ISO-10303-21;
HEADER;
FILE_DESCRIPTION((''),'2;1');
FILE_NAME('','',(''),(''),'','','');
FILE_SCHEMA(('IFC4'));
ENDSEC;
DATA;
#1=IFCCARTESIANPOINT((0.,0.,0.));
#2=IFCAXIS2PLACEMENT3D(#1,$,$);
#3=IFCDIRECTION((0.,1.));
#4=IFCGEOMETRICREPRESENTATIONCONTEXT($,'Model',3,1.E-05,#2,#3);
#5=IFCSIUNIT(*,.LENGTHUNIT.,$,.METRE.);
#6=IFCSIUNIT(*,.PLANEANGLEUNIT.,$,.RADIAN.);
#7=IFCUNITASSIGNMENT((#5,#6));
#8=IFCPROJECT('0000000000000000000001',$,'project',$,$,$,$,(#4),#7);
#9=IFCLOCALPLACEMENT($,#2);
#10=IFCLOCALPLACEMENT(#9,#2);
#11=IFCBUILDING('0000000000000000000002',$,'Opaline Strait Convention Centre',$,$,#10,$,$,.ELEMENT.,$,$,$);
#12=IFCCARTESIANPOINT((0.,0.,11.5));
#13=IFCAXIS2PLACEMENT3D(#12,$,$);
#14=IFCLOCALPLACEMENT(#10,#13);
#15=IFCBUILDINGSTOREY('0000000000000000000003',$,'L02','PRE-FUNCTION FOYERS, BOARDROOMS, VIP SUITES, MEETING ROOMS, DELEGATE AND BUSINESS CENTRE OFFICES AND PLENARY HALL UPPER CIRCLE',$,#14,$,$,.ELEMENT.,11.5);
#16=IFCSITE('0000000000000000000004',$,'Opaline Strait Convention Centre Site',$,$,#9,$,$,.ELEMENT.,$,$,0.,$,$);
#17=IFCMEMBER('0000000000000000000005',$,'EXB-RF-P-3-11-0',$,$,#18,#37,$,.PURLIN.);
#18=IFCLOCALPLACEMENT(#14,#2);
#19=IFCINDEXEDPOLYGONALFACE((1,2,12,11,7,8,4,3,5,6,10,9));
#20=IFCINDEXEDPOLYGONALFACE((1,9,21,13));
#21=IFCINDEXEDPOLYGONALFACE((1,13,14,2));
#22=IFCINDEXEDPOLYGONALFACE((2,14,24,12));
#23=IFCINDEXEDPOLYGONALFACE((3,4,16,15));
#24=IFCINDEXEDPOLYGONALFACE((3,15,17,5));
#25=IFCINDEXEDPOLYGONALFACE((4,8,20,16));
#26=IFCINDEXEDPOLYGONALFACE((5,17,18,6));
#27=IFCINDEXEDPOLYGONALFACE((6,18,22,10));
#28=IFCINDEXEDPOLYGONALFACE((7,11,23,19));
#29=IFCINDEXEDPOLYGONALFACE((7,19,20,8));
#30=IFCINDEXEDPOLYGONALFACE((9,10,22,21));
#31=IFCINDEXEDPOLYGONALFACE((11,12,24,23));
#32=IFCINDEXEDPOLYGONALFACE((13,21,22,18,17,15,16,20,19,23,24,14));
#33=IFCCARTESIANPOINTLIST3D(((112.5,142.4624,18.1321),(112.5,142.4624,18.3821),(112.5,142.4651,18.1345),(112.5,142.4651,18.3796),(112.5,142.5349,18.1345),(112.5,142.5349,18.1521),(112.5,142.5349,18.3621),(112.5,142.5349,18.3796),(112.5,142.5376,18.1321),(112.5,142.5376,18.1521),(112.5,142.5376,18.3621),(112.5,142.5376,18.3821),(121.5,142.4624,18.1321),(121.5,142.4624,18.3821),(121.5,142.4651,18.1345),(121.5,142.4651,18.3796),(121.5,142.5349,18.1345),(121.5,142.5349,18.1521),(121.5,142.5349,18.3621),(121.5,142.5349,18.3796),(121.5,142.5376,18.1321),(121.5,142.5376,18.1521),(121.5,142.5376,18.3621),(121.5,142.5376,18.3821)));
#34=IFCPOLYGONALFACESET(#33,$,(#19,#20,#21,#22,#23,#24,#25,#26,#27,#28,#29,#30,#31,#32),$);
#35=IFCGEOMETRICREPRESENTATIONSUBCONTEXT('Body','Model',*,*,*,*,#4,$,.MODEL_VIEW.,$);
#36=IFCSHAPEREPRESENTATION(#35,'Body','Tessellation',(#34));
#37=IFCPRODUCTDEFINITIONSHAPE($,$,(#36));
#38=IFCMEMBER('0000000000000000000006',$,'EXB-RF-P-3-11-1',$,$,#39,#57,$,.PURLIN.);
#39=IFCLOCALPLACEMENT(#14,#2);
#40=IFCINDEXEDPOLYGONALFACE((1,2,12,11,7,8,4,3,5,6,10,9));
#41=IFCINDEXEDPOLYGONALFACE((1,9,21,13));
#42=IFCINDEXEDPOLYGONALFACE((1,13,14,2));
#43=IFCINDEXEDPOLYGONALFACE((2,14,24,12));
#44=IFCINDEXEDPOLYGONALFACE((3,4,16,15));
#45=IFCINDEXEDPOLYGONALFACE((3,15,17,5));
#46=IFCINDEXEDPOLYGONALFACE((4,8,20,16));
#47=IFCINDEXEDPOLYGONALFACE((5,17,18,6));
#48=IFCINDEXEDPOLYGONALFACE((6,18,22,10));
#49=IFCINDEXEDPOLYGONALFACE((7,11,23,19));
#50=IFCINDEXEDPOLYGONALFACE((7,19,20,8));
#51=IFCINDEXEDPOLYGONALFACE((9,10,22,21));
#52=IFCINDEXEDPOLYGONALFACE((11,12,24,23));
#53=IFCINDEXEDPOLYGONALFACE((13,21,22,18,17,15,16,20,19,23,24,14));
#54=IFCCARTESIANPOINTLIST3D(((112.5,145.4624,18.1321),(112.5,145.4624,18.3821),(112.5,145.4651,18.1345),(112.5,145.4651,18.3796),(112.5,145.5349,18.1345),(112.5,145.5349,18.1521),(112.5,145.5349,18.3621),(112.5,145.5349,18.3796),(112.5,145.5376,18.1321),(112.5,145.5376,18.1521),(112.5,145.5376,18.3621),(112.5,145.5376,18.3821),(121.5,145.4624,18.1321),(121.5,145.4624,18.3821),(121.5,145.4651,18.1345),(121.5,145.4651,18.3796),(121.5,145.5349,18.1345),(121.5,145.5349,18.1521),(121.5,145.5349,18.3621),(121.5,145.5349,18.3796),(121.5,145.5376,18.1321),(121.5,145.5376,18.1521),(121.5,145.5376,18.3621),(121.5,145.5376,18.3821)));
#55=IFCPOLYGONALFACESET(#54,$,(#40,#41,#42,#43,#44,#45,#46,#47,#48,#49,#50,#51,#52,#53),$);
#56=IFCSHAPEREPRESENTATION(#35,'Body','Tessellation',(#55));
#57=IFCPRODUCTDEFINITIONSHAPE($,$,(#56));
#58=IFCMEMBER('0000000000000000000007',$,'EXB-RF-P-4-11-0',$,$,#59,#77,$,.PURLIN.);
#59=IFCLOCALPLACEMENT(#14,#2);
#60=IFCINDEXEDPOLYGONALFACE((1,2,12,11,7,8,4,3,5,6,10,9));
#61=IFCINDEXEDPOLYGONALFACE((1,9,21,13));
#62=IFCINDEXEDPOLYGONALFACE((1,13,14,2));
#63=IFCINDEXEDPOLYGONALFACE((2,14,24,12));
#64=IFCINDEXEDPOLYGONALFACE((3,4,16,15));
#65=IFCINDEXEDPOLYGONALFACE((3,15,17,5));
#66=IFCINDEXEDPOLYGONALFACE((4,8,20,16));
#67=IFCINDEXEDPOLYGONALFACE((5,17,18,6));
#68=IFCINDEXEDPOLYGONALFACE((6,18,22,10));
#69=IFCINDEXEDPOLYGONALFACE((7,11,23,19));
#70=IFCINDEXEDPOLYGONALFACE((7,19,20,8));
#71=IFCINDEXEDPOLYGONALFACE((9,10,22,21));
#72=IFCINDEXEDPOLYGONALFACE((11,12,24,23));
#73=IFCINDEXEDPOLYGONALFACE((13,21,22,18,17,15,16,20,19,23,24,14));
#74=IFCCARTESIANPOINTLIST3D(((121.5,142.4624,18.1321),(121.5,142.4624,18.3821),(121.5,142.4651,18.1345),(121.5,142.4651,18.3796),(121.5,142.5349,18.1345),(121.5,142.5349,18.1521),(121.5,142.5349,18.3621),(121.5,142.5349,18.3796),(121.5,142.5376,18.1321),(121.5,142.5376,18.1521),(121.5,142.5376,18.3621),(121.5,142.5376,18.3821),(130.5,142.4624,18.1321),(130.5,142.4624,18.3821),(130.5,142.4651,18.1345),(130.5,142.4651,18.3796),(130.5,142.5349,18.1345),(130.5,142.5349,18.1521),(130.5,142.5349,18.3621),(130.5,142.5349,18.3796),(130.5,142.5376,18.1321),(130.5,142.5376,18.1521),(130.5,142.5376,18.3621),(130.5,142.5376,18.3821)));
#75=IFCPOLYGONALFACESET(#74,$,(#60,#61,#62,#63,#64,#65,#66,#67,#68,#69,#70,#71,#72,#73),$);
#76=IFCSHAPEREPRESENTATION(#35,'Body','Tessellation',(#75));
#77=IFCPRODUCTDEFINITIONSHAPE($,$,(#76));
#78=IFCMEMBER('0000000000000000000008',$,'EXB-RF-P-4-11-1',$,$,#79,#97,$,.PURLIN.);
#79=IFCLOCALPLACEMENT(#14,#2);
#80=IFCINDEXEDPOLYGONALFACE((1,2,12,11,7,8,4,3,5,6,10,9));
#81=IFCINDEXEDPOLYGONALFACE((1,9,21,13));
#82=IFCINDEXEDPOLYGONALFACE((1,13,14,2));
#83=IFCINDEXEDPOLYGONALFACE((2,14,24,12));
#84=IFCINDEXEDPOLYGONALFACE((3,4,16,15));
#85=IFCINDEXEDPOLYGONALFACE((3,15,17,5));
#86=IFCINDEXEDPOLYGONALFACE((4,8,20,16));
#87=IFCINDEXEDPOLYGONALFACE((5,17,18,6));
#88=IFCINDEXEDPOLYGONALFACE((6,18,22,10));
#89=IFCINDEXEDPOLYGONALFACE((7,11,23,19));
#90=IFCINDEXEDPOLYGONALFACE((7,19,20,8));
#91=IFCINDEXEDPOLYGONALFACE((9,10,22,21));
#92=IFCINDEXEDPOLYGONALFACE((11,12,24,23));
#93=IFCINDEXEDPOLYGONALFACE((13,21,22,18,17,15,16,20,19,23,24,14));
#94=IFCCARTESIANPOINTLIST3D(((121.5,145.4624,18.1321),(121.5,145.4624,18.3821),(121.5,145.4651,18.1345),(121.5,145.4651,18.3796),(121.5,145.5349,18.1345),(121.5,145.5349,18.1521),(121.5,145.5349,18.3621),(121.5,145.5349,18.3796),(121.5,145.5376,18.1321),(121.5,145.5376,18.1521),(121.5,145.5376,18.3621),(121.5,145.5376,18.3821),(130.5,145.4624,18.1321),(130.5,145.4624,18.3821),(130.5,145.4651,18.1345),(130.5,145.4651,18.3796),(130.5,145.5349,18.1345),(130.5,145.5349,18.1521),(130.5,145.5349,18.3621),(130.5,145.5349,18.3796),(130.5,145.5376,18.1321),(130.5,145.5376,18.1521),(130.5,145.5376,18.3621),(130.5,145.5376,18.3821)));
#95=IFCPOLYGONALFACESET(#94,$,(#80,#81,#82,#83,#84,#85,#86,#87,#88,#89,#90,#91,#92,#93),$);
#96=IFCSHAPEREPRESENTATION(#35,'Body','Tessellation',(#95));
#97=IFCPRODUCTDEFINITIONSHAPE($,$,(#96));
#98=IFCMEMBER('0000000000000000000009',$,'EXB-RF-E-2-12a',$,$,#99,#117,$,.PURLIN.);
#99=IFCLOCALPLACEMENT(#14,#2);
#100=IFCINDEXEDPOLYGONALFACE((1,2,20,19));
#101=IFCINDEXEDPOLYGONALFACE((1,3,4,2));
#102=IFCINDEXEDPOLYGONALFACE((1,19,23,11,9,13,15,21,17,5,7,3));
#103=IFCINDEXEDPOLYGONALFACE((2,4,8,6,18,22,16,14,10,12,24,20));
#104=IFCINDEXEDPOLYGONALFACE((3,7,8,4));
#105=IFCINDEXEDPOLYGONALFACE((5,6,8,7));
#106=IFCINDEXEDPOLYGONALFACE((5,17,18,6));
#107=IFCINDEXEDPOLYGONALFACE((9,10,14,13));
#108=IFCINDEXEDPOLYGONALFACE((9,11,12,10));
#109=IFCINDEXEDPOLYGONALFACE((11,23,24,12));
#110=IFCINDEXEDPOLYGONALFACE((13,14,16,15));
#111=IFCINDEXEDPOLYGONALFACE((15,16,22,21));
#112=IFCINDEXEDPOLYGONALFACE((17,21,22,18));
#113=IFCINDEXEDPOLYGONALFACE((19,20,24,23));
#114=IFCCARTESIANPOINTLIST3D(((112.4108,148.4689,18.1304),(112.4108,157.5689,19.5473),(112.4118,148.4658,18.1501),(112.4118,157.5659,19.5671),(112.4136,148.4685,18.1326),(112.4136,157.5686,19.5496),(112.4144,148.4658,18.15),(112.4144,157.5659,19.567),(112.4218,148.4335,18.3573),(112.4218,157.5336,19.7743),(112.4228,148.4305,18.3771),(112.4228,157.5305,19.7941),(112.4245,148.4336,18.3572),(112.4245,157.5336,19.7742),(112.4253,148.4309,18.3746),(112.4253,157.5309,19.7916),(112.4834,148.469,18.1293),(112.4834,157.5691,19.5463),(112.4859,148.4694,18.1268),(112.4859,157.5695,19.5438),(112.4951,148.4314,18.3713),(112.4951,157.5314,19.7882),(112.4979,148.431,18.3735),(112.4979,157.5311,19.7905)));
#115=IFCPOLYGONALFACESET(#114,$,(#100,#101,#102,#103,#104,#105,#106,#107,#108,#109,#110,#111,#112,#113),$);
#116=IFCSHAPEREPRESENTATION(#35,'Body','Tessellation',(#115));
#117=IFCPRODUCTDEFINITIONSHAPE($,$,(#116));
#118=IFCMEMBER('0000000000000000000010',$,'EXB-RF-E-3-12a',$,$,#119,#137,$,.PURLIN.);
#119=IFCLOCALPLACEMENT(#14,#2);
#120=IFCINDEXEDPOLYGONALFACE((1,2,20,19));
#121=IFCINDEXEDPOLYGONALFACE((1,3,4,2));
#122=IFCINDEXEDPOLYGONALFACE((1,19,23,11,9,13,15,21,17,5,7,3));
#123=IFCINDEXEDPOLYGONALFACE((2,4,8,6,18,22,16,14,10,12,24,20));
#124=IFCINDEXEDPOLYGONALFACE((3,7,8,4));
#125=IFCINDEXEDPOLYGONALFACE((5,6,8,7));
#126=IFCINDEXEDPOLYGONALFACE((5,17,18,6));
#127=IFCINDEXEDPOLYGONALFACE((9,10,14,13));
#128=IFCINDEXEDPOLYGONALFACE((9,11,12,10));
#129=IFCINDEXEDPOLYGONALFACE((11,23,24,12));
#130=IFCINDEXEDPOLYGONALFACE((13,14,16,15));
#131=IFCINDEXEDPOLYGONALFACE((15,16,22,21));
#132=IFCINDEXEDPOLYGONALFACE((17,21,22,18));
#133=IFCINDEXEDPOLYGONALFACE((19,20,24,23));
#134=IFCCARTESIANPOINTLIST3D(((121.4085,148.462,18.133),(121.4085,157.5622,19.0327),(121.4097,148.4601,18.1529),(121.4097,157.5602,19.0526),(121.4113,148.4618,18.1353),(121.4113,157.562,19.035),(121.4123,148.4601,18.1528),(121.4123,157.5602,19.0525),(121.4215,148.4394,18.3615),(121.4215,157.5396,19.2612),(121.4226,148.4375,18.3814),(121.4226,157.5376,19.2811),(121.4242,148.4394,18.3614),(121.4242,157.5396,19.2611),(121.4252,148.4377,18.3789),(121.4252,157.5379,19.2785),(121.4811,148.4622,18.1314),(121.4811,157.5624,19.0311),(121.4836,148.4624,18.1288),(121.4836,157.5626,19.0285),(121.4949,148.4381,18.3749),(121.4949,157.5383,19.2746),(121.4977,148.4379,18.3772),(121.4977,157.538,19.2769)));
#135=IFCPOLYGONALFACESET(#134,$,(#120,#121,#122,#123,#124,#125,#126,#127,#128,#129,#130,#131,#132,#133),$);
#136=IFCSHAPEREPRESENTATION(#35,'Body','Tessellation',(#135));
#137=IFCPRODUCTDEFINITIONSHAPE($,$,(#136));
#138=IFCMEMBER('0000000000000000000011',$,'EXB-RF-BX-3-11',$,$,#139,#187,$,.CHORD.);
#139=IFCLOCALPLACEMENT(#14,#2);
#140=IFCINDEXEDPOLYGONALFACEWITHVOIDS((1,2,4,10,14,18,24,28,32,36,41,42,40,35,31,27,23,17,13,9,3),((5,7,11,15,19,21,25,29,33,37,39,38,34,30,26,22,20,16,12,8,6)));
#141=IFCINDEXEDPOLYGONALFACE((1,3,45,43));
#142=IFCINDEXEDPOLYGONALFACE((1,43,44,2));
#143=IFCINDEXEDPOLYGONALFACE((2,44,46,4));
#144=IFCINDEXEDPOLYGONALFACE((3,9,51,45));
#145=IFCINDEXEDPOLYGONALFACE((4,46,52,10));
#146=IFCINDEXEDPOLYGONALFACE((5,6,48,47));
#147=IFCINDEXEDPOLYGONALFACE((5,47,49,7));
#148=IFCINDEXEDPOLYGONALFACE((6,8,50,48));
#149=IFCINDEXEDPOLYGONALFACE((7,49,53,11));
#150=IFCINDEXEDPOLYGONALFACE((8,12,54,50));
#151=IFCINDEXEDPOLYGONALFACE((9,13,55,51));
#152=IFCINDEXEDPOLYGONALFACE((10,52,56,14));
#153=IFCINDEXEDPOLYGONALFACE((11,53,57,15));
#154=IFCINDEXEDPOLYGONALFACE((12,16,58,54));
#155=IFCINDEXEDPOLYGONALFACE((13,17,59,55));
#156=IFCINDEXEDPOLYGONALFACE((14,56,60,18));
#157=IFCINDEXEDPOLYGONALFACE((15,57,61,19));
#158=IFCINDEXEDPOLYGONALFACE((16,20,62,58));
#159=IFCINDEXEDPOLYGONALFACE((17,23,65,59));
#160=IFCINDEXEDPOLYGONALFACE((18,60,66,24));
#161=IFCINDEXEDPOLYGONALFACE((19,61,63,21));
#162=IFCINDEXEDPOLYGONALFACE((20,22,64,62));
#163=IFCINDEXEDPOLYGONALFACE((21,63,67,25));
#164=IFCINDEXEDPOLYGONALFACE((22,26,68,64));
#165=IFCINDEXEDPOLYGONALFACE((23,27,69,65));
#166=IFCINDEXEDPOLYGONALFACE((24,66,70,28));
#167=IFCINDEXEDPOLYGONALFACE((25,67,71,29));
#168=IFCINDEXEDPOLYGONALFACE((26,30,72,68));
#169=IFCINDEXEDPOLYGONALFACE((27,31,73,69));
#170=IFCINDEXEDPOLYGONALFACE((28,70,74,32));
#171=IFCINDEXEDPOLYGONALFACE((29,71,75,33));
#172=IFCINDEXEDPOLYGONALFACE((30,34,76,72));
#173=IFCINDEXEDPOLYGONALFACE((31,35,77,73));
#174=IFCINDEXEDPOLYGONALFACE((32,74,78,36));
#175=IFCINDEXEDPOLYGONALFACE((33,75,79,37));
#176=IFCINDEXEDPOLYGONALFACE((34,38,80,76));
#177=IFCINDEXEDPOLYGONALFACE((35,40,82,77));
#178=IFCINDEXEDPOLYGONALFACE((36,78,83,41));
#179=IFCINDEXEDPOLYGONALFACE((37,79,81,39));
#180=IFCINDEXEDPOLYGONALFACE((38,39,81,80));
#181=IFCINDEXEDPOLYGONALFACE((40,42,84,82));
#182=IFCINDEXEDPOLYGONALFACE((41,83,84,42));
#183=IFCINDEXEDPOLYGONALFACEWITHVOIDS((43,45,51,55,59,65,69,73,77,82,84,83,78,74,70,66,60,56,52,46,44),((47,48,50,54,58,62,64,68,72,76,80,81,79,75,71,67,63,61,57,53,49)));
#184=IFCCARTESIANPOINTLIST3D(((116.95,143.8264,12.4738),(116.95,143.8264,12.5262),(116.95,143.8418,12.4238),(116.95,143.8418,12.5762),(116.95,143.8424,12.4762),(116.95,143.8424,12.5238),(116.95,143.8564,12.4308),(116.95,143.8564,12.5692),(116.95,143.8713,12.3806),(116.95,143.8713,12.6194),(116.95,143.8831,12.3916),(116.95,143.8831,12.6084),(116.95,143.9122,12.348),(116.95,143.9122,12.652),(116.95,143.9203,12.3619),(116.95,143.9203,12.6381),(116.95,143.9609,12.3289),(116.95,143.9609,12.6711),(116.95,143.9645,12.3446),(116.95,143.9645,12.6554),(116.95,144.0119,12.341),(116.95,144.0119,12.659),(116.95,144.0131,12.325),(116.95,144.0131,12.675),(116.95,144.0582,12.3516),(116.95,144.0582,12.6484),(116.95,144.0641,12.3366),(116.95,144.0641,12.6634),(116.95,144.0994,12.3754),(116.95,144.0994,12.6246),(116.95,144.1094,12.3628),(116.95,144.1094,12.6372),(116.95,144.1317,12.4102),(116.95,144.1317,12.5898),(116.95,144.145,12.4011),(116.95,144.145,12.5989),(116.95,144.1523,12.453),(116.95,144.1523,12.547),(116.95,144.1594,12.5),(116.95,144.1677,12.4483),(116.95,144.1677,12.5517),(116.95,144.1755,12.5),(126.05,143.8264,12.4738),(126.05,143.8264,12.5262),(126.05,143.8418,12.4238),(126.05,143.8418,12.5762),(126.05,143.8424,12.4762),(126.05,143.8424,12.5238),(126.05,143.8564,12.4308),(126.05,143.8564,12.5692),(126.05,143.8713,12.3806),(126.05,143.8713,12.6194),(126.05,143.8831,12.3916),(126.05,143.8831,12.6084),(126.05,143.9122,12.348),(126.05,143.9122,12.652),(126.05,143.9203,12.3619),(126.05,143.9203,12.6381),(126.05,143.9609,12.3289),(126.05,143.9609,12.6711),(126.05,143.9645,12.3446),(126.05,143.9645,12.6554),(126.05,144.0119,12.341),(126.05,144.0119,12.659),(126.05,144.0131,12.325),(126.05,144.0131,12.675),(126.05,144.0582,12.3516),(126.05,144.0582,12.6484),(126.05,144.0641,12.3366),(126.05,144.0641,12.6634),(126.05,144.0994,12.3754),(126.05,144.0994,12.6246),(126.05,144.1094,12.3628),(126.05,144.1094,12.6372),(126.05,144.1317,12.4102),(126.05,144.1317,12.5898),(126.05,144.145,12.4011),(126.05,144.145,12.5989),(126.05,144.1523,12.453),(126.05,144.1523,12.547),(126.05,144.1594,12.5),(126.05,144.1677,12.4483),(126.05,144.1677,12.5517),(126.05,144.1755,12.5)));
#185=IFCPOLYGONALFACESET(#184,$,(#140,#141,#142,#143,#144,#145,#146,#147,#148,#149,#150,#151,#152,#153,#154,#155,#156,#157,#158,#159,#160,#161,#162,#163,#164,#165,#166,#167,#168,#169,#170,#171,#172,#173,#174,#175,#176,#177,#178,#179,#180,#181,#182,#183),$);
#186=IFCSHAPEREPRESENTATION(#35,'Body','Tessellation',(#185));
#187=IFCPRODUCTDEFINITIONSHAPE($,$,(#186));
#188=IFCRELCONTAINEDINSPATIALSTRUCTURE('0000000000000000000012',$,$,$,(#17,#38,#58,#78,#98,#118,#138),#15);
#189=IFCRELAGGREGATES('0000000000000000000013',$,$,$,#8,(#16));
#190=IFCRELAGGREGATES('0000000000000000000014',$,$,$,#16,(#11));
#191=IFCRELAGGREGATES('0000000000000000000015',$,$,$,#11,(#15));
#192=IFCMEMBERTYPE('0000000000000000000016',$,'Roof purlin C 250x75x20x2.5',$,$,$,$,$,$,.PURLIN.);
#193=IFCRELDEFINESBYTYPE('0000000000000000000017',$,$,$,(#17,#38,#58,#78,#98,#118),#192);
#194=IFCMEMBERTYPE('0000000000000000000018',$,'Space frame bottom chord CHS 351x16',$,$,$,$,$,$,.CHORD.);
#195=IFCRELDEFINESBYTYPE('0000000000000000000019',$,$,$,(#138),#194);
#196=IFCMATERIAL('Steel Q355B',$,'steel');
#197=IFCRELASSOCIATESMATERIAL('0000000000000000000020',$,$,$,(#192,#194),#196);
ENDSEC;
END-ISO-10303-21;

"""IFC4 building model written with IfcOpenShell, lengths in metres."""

from ifc_helpers import new_model, si_unit, direction, frame, origin, origin_2d, place, context, subcontext, project, spatial, polyline, hollow_circle, outline, extrude, material, material_profile, profile_set, type_object, element, save


model = new_model("IFC4")

# Units and contexts
model_context = context("Model", 3, precision=1e-05, world=origin(), true_north=direction((0.0, 1.0)))
body_context = subcontext(model_context, "Body", "Model", "MODEL_VIEW")
ifc_project = project(units=[si_unit("LENGTHUNIT", "METRE"), si_unit("PLANEANGLEUNIT", "RADIAN")], contexts=[model_context])

# Site, building, storey
site_placement = place(None, origin())
site = spatial("IfcSite", under=ifc_project, at=site_placement, Name="Opaline Strait Convention Centre Site", CompositionType="ELEMENT", RefElevation=0.0)
building_placement = place(site_placement, origin())
building = spatial("IfcBuilding", under=site, at=building_placement, Name="Opaline Strait Convention Centre", CompositionType="ELEMENT")
storey_placement = place(building_placement, frame((0.0, 0.0, 11.5)))
storey = spatial("IfcBuildingStorey", under=building, at=storey_placement, Name="L02", Description="PRE-FUNCTION FOYERS, BOARDROOMS, VIP SUITES, MEETING ROOMS, DELEGATE AND BUSINESS CENTRE OFFICES AND PLENARY HALL UPPER CIRCLE", CompositionType="ELEMENT", Elevation=11.5)

# Members
ifc_material = material(Name="Steel Q355B", Category="steel")
ifc_material_profile_1 = material_profile(ifc_material, outline(polyline([(-0.0376, -0.125), (0.0376, -0.125), (0.0376, -0.105), (0.0349, -0.105), (0.0349, -0.1226), (-0.0349, -0.1226), (-0.0349, 0.1226), (0.0349, 0.1226), (0.0349, 0.105), (0.0376, 0.105), (0.0376, 0.125), (-0.0376, 0.125), (-0.0376, -0.125)])), Name="C 250x75x20x2.5")
ifc_profile_set_1 = profile_set([ifc_material_profile_1], Name="Steel Q355B")
member_type_1 = type_object("IfcMemberType", Name="Roof purlin C 250x75x20x2.5", PredefinedType="PURLIN", material=ifc_profile_set_1)
for number, where, z_axis, x_axis, name in (
    (1, (112.5, 142.5, 18.2571), (1.0, 0.0, 0.0), (0.0, 1.0, 0.0), "EXB-RF-P-3-11-0"),
    (2, (112.5, 145.5, 18.2571), (1.0, 0.0, 0.0), (0.0, 1.0, 0.0), "EXB-RF-P-3-11-1"),
    (3, (121.5, 142.5, 18.2571), (1.0, 0.0, 0.0), (0.0, 1.0, 0.0), "EXB-RF-P-4-11-0"),
    (4, (121.5, 145.5, 18.2571), (1.0, 0.0, 0.0), (0.0, 1.0, 0.0), "EXB-RF-P-4-11-1"),
):
    element("IfcMember", number, at=place(storey_placement, frame(where, z_axis=z_axis, x_axis=x_axis)), inside=storey, type_object=member_type_1, Name=name, PredefinedType="PURLIN", context=body_context, shape_type="SweptSolid", body=[
        extrude(outline(polyline([(-0.0376, -0.125), (0.0376, -0.125), (0.0376, -0.105), (0.0349, -0.105), (0.0349, -0.1226), (-0.0349, -0.1226), (-0.0349, 0.1226), (0.0349, 0.1226), (0.0349, 0.105), (0.0376, 0.105), (0.0376, 0.125), (-0.0376, 0.125), (-0.0376, -0.125)])), origin(), (0.0, 0.0, 1.0), 9.0),
    ])
member_1_placement = place(storey_placement, frame((112.4543, 148.45, 18.252), z_axis=(0.0, 0.988093, 0.153858), x_axis=(-0.998854, -0.007363, 0.047288)))
element("IfcMember", 5, at=member_1_placement, inside=storey, type_object=member_type_1, Name="EXB-RF-E-2-12a", PredefinedType="PURLIN", context=body_context, shape_type="SweptSolid", body=[
    extrude(outline(polyline([(-0.0376, -0.125), (0.0376, -0.125), (0.0376, -0.105), (0.0349, -0.105), (0.0349, -0.1226), (-0.0349, -0.1226), (-0.0349, 0.1226), (0.0349, 0.1226), (0.0349, 0.105), (0.0376, 0.105), (0.0376, 0.125), (-0.0376, 0.125), (-0.0376, -0.125)])), origin(), (0.0, 0.0, 1.0), 9.2097),
])
member_2_placement = place(storey_placement, frame((121.4531, 148.45, 18.2551), z_axis=(0.0, 0.995149, 0.098383), x_axis=(-0.998403, -0.005558, 0.05622)))
element("IfcMember", 6, at=member_2_placement, inside=storey, type_object=member_type_1, Name="EXB-RF-E-3-12a", PredefinedType="PURLIN", context=body_context, shape_type="SweptSolid", body=[
    extrude(outline(polyline([(-0.0376, -0.125), (0.0376, -0.125), (0.0376, -0.105), (0.0349, -0.105), (0.0349, -0.1226), (-0.0349, -0.1226), (-0.0349, 0.1226), (0.0349, 0.1226), (0.0349, 0.105), (0.0376, 0.105), (0.0376, 0.125), (-0.0376, 0.125), (-0.0376, -0.125)])), origin(), (0.0, 0.0, 1.0), 9.1445),
])
ifc_material_profile_2 = material_profile(ifc_material, hollow_circle(Radius=0.1755, WallThickness=0.0161, at=origin_2d()), Name="CHS 351x16")
ifc_profile_set_2 = profile_set([ifc_material_profile_2], Name="Steel Q355B")
member_type_2 = type_object("IfcMemberType", Name="Space frame bottom chord CHS 351x16", PredefinedType="CHORD", material=ifc_profile_set_2)
for number, where, z_axis, x_axis, name in (
    (7, (116.95, 144.0, 12.5), (1.0, 0.0, 0.0), (0.0, 1.0, 0.0), "EXB-RF-BX-3-11"),
):
    element("IfcMember", number, at=place(storey_placement, frame(where, z_axis=z_axis, x_axis=x_axis)), inside=storey, type_object=member_type_2, Name=name, PredefinedType="CHORD", context=body_context, shape_type="SweptSolid", body=[
        extrude(hollow_circle(Radius=0.1755, WallThickness=0.0161, at=origin_2d()), origin(), (0.0, 0.0, 1.0), 9.1001),
    ])

save(model, "model.ifc")
